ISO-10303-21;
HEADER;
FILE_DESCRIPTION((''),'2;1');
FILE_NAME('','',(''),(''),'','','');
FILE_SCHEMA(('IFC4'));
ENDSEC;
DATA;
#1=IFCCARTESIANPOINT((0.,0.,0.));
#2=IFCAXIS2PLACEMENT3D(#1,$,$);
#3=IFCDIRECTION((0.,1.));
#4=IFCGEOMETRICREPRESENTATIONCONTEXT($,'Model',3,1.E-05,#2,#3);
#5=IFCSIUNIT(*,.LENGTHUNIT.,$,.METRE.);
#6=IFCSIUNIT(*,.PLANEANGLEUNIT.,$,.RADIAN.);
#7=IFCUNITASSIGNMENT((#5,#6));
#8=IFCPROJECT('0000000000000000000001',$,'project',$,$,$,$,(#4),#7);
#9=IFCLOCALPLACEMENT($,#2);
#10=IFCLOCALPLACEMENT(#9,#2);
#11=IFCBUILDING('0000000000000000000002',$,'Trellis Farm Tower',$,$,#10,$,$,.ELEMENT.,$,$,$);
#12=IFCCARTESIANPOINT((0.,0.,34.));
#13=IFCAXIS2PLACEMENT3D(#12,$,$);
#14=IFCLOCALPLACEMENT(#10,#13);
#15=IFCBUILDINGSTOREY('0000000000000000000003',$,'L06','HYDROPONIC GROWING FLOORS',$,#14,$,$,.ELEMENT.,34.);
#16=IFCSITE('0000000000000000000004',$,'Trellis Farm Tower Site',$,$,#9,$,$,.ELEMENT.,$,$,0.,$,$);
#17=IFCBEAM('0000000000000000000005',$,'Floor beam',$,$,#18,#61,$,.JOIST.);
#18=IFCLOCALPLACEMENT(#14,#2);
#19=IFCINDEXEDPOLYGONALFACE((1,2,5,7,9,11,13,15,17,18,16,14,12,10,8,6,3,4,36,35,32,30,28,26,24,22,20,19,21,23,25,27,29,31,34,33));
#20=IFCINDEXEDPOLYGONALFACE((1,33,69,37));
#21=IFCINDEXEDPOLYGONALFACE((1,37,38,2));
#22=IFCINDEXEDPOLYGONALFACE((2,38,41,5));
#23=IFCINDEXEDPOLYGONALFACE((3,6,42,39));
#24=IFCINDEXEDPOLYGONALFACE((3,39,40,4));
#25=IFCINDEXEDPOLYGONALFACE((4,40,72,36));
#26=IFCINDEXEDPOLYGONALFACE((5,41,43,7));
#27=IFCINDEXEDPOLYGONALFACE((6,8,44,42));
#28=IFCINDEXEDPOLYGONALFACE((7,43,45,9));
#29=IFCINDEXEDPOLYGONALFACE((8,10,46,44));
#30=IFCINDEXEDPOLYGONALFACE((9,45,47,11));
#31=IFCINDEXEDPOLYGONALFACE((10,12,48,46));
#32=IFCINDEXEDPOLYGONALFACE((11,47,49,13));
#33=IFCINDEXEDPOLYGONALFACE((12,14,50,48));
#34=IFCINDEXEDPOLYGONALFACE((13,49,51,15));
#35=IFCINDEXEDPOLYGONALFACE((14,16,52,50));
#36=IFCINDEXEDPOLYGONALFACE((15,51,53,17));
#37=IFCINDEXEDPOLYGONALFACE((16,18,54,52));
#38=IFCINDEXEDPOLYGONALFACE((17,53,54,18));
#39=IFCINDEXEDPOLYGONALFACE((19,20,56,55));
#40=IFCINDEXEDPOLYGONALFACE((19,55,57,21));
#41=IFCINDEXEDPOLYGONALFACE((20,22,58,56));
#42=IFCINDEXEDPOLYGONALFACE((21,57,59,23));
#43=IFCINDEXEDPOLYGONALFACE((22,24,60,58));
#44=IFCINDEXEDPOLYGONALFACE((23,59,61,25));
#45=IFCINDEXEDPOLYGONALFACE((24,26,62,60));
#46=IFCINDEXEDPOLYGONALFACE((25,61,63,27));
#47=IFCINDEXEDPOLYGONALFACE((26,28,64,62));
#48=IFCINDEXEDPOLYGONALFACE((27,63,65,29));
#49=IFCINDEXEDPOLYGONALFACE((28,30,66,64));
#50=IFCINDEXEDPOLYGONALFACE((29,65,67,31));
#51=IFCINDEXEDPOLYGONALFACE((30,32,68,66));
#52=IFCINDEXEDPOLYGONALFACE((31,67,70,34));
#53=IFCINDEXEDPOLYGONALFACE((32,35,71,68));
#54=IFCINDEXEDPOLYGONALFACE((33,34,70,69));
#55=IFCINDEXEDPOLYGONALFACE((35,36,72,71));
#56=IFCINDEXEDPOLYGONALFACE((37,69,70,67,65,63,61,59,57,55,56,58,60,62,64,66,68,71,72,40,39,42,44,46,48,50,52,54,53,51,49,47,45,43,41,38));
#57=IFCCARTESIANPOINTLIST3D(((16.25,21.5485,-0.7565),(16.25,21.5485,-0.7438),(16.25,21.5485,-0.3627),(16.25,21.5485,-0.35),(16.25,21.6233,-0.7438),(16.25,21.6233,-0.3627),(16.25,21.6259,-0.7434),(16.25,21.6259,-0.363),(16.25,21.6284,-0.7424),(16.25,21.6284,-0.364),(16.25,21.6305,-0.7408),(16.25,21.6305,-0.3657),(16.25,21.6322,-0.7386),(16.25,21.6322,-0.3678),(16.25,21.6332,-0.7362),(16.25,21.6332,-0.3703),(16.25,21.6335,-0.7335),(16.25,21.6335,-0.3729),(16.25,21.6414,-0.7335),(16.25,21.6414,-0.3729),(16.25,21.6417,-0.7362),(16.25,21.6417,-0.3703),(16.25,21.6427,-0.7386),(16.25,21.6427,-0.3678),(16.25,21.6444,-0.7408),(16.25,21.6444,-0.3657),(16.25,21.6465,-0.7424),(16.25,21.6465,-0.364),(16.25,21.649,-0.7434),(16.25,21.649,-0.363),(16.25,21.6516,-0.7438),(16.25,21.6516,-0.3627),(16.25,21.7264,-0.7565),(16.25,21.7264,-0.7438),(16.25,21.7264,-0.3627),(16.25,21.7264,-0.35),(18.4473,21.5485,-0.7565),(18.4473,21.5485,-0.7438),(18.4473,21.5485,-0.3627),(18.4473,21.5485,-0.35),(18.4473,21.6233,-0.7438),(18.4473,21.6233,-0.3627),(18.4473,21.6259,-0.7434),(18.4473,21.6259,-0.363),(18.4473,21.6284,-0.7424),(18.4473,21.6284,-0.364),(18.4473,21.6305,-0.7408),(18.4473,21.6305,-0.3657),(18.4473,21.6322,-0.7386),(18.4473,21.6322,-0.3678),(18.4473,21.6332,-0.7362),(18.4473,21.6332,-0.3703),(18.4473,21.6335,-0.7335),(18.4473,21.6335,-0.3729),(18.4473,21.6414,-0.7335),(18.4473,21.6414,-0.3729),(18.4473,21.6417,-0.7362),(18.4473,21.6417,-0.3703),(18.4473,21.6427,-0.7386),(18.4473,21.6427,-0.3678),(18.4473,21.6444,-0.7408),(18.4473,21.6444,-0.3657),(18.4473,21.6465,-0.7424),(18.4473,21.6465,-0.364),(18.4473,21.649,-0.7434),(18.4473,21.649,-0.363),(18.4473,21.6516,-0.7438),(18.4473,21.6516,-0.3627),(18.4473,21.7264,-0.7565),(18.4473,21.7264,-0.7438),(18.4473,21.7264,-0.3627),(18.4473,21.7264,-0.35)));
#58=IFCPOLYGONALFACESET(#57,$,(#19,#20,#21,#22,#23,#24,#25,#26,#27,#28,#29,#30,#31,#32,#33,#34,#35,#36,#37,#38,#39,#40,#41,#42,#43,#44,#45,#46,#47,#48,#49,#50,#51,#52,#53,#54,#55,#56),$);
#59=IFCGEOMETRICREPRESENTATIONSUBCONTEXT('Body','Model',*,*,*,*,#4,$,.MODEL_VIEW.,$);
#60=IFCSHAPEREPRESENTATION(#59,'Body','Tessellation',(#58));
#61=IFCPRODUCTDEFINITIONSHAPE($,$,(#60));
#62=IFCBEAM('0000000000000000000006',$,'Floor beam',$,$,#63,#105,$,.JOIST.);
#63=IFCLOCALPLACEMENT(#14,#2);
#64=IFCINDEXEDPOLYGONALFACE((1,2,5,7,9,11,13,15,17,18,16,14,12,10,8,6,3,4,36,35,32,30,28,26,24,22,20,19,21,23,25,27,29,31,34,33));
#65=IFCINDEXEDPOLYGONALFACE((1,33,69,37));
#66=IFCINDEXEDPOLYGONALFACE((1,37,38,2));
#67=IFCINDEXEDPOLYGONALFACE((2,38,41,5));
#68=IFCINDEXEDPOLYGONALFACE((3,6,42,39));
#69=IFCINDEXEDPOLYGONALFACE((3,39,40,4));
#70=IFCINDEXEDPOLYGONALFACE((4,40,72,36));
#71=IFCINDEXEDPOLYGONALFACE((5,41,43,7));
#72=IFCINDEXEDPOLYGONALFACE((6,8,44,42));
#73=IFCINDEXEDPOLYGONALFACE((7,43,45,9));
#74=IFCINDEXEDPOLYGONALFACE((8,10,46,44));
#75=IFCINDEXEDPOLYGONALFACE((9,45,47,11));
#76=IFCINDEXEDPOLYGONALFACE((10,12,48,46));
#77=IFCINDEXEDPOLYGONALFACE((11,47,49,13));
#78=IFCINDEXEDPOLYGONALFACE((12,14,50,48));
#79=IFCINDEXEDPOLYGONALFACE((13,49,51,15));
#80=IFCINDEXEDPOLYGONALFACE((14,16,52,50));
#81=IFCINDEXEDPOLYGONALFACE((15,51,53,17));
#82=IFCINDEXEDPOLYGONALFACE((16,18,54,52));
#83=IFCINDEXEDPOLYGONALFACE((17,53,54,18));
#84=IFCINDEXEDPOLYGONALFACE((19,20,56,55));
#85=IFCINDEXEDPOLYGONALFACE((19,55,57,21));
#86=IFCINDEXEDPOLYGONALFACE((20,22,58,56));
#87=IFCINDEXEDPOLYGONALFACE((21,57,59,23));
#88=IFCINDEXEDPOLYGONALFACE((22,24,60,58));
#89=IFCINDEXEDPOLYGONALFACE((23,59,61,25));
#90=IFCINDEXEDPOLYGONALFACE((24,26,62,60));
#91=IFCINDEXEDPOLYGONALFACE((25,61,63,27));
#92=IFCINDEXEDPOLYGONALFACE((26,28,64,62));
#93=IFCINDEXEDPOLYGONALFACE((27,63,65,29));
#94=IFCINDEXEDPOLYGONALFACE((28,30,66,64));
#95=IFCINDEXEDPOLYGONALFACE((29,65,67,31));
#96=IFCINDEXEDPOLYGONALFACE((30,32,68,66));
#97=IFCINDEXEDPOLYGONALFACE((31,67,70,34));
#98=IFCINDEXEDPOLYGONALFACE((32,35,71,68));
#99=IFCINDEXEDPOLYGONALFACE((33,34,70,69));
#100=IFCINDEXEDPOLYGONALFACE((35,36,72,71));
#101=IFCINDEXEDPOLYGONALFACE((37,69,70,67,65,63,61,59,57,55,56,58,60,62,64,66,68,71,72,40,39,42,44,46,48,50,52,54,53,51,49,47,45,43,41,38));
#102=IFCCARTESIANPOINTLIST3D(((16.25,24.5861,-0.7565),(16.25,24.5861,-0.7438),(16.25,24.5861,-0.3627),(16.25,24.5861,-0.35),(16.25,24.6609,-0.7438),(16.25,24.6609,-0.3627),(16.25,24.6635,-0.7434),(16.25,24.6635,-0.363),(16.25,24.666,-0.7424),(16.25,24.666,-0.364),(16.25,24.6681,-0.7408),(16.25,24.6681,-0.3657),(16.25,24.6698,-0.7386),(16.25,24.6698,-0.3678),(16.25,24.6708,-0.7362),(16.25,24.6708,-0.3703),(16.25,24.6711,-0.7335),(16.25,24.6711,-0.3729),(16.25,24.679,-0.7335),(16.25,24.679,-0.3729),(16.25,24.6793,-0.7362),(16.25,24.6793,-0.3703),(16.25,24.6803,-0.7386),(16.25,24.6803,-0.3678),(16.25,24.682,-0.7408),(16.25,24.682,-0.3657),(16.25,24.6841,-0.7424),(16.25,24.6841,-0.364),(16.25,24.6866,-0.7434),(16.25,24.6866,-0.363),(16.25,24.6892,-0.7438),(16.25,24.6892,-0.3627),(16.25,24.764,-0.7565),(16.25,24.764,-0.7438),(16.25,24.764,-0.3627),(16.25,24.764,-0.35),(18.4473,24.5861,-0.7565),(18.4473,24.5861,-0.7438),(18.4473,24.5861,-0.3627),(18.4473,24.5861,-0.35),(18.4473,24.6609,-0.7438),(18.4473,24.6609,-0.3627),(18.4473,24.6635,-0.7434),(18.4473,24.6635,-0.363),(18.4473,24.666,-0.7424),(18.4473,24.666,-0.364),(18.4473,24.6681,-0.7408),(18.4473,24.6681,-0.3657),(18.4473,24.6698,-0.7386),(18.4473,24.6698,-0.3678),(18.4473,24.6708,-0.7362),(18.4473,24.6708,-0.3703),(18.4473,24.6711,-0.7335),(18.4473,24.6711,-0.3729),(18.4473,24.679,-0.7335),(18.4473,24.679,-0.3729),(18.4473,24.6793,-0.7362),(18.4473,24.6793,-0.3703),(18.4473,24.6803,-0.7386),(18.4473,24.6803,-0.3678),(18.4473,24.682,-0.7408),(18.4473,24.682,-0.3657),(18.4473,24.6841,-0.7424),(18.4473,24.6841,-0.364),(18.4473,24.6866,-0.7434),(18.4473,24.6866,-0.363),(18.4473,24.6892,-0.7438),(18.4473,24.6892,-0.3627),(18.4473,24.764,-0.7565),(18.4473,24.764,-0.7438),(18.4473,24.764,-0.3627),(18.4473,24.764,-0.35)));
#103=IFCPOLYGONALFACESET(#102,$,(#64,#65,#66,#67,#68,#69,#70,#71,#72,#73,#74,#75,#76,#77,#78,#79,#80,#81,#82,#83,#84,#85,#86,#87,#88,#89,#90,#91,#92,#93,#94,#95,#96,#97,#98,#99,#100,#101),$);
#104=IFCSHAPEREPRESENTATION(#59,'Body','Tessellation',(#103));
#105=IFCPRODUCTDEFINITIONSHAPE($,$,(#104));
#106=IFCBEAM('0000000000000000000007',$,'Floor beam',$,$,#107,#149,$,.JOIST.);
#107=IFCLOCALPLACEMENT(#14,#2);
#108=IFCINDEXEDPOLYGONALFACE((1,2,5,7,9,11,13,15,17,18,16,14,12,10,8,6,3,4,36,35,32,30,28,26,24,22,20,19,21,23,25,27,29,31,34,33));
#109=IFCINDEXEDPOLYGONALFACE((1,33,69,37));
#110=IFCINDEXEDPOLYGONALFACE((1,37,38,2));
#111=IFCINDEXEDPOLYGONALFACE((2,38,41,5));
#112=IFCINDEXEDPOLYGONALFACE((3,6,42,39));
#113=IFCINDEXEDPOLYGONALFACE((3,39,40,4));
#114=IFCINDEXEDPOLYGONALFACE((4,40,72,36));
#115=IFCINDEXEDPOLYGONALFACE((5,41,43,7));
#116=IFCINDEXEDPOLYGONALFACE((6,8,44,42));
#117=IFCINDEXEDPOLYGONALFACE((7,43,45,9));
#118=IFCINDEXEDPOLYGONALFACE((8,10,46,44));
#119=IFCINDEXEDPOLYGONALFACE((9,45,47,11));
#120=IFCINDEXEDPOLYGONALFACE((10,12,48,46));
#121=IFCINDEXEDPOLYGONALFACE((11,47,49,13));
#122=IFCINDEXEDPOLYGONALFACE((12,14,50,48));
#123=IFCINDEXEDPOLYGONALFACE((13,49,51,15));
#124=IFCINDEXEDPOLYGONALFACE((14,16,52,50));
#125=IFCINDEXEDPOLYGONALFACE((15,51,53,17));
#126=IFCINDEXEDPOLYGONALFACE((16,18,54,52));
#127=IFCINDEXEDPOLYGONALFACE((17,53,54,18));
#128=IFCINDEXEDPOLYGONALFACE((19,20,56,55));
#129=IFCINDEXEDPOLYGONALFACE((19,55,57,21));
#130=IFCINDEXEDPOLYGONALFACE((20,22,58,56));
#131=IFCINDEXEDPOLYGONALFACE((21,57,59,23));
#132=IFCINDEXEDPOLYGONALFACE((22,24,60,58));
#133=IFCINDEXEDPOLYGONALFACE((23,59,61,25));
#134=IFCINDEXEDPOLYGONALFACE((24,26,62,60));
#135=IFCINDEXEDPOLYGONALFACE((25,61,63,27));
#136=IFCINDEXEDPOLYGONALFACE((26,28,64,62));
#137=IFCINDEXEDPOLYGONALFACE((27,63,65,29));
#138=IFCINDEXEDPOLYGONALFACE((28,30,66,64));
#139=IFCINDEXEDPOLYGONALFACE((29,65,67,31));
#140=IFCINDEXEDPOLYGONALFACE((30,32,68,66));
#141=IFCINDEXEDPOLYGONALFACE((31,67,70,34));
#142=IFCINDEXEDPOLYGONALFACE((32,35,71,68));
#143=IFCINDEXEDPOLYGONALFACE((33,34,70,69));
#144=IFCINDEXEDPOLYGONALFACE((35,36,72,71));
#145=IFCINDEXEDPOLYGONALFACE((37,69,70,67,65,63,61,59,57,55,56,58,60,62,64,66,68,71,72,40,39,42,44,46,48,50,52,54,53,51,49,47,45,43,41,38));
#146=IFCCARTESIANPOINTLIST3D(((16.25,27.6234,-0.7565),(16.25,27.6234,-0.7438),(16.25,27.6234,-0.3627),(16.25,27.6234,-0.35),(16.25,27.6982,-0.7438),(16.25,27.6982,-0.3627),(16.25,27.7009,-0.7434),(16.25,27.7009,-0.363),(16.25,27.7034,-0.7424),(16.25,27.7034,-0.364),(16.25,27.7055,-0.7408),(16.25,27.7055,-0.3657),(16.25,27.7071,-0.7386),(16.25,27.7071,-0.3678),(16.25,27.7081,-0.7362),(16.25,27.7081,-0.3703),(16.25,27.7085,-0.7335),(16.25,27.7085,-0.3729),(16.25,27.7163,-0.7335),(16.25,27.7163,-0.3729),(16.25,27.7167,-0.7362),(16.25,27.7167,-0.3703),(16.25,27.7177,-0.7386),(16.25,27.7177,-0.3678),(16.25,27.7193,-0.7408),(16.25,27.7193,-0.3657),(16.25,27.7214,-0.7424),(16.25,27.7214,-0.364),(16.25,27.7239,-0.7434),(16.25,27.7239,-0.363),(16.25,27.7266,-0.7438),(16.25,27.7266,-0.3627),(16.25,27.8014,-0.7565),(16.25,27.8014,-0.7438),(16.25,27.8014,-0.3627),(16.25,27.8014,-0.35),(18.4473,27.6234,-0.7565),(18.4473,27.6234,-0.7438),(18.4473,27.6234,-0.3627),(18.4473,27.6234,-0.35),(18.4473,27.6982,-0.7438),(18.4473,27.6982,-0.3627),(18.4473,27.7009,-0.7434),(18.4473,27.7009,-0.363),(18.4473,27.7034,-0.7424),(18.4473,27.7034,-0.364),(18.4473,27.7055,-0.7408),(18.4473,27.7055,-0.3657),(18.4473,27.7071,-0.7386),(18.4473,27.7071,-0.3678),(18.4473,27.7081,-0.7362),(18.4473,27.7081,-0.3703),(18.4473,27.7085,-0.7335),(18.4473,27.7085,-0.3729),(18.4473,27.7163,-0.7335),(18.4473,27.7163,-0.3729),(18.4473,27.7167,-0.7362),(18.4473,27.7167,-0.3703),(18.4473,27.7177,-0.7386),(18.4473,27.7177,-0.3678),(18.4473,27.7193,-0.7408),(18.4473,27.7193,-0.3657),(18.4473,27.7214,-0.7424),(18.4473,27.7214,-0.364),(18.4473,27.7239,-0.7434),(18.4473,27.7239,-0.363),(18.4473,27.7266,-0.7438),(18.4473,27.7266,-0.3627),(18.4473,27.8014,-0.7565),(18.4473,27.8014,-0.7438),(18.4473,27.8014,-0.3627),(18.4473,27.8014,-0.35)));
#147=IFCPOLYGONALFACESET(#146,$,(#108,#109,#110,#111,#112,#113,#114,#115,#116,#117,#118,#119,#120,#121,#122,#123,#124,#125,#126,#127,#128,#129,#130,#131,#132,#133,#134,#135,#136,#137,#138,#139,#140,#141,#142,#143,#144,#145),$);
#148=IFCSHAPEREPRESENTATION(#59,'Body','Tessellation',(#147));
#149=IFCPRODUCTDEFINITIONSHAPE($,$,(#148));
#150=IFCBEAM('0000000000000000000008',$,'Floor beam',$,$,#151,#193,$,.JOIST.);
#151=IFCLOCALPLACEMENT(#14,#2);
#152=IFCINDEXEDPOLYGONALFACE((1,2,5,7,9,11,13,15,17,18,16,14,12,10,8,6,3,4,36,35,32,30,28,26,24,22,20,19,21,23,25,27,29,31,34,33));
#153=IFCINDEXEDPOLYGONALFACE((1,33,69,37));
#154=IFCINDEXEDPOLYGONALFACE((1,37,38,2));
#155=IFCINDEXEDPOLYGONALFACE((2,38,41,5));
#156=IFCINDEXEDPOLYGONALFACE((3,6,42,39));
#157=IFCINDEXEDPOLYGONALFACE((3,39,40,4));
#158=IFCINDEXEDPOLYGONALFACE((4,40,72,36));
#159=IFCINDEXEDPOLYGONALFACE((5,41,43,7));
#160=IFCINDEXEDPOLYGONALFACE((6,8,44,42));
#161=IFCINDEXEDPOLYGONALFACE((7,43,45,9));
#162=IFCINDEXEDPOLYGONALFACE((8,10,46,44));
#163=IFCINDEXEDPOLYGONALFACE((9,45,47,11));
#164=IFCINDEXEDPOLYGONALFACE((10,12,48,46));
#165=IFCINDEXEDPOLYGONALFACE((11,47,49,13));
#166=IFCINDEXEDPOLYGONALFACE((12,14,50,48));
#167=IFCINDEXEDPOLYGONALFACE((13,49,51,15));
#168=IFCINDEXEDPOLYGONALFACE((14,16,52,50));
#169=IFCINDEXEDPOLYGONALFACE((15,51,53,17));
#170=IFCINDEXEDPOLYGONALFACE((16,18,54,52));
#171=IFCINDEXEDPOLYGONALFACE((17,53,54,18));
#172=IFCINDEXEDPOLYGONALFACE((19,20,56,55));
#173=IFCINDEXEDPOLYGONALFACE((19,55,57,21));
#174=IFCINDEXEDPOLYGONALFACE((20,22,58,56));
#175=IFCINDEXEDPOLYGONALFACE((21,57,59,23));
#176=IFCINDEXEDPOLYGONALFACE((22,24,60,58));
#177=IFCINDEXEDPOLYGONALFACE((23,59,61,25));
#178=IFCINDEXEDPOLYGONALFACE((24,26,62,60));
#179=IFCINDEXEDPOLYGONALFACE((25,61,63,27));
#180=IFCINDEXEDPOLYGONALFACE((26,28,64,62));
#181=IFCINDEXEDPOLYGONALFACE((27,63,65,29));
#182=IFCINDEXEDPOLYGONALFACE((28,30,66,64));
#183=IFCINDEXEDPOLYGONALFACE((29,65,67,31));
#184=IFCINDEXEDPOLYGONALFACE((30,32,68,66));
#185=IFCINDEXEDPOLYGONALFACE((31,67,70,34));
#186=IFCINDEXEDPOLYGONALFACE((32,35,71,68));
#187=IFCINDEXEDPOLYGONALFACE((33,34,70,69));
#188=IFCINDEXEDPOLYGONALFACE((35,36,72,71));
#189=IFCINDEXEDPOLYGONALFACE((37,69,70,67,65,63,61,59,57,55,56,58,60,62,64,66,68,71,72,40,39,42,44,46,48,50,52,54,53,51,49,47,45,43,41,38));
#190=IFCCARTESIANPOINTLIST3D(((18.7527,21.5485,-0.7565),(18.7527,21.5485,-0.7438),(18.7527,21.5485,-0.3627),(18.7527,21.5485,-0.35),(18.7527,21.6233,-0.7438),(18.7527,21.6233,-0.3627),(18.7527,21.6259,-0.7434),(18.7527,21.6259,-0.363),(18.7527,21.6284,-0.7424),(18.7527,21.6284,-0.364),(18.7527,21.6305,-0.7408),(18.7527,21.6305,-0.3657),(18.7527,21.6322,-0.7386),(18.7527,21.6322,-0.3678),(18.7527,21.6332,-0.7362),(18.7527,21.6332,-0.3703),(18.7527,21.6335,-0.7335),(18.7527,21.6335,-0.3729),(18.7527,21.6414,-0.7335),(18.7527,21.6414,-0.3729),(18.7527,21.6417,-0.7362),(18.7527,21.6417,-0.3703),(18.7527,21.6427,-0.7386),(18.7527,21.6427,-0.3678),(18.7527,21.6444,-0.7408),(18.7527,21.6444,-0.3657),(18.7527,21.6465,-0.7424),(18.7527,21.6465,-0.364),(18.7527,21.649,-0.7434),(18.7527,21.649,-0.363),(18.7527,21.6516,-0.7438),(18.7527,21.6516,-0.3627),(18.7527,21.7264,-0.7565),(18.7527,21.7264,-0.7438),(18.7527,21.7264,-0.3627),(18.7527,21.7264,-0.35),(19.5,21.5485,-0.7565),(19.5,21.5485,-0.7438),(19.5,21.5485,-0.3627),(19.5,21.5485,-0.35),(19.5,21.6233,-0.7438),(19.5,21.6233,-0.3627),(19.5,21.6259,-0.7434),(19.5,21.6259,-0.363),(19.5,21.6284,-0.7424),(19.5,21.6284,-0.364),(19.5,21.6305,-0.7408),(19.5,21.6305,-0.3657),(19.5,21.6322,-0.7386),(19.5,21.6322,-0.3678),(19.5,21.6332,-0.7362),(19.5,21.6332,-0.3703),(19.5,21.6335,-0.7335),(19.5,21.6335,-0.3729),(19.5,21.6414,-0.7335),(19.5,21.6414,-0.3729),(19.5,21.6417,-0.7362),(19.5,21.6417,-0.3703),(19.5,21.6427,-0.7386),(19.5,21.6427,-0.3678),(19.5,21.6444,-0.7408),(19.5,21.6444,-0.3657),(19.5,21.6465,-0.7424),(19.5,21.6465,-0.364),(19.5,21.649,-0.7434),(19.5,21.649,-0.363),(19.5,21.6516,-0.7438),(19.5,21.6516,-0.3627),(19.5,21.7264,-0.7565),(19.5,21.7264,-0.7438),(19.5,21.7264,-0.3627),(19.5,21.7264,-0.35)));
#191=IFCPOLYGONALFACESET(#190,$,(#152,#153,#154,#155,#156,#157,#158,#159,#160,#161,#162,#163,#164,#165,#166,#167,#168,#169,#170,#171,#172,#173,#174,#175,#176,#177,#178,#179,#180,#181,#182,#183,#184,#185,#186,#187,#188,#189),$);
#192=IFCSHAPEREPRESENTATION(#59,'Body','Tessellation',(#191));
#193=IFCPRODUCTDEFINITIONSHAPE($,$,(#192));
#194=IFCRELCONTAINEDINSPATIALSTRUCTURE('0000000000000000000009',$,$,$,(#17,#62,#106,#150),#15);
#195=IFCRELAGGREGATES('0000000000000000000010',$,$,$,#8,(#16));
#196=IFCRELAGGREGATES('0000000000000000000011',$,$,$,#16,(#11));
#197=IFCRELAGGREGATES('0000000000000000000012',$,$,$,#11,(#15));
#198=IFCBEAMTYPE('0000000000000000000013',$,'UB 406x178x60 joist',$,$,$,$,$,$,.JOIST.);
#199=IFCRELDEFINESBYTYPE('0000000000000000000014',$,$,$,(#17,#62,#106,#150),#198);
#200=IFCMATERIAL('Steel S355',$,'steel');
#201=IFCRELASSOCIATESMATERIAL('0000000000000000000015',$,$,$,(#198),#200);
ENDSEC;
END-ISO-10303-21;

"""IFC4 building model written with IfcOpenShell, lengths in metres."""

from ifc_helpers import new_model, si_unit, direction, frame, origin, origin_2d, place, context, subcontext, project, spatial, i_section, extrude, source, transform, mapped, material, material_profile, profile_set, type_object, element, save


model = new_model("IFC4")

# Units and contexts
model_context = context("Model", 3, precision=1e-05, world=origin(), true_north=direction((0.0, 1.0)))
body_context = subcontext(model_context, "Body", "Model", "MODEL_VIEW")
ifc_project = project(units=[si_unit("LENGTHUNIT", "METRE"), si_unit("PLANEANGLEUNIT", "RADIAN")], contexts=[model_context])

# Site, building, storey
site_placement = place(None, origin())
site = spatial("IfcSite", under=ifc_project, at=site_placement, Name="Trellis Farm Tower Site", CompositionType="ELEMENT", RefElevation=0.0)
building_placement = place(site_placement, origin())
building = spatial("IfcBuilding", under=site, at=building_placement, Name="Trellis Farm Tower", CompositionType="ELEMENT")
storey_placement = place(building_placement, frame((0.0, 0.0, 34.0)))
storey = spatial("IfcBuildingStorey", under=building, at=storey_placement, Name="L06", Description="HYDROPONIC GROWING FLOORS", CompositionType="ELEMENT", Elevation=34.0)

# Beams
ifc_material_1 = material(Name="Steel S355", Category="steel")
ifc_material_profile_1 = material_profile(ifc_material_1, i_section(OverallWidth=0.178, OverallDepth=0.4065, WebThickness=0.0078, FlangeThickness=0.0127, FilletRadius=0.0103, at=origin_2d()), Name="UB 406x178x60")
ifc_profile_set_1 = profile_set([ifc_material_profile_1], Name="Steel S355")
beam_type_1 = type_object("IfcBeamType", Name="UB 406x178x60 joist", PredefinedType="JOIST", material=ifc_profile_set_1)
shared_shape_1 = source(origin(), body_context, "Body", "SweptSolid", [
    extrude(i_section(OverallWidth=0.178, OverallDepth=0.4065, WebThickness=0.0078, FlangeThickness=0.0127, FilletRadius=0.0103, at=origin_2d()), origin(), (0.0, 0.0, 1.0), 2.1973),
])
for number, where, z_axis, x_axis, name in (
    (1, (16.25, 21.6375, -0.5532), (1.0, 0.0, 0.0), (0.0, 1.0, 0.0), "Floor beam"),
    (2, (16.25, 24.675, -0.5532), (1.0, 0.0, 0.0), (0.0, 1.0, 0.0), "Floor beam"),
    (3, (16.25, 27.7124, -0.5532), (1.0, 0.0, 0.0), (0.0, 1.0, 0.0), "Floor beam"),
):
    element("IfcBeam", number, at=place(storey_placement, frame(where, z_axis=z_axis, x_axis=x_axis)), inside=storey, type_object=beam_type_1, Name=name, PredefinedType="JOIST", context=body_context, shape_type="MappedRepresentation", body=[
        mapped(shared_shape_1, transform((0.0, 0.0, 0.0))),
    ])
shared_shape_2 = source(origin(), body_context, "Body", "SweptSolid", [
    extrude(i_section(OverallWidth=0.178, OverallDepth=0.4065, WebThickness=0.0078, FlangeThickness=0.0127, FilletRadius=0.0103, at=origin_2d()), origin(), (0.0, 0.0, 1.0), 0.7473),
])
for number, where, z_axis, x_axis, name in (
    (4, (18.7527, 21.6375, -0.5532), (1.0, 0.0, 0.0), (0.0, 1.0, 0.0), "Floor beam"),
):
    element("IfcBeam", number, at=place(storey_placement, frame(where, z_axis=z_axis, x_axis=x_axis)), inside=storey, type_object=beam_type_1, Name=name, PredefinedType="JOIST", context=body_context, shape_type="MappedRepresentation", body=[
        mapped(shared_shape_2, transform((0.0, 0.0, 0.0))),
    ])

save(model, "model.ifc")
